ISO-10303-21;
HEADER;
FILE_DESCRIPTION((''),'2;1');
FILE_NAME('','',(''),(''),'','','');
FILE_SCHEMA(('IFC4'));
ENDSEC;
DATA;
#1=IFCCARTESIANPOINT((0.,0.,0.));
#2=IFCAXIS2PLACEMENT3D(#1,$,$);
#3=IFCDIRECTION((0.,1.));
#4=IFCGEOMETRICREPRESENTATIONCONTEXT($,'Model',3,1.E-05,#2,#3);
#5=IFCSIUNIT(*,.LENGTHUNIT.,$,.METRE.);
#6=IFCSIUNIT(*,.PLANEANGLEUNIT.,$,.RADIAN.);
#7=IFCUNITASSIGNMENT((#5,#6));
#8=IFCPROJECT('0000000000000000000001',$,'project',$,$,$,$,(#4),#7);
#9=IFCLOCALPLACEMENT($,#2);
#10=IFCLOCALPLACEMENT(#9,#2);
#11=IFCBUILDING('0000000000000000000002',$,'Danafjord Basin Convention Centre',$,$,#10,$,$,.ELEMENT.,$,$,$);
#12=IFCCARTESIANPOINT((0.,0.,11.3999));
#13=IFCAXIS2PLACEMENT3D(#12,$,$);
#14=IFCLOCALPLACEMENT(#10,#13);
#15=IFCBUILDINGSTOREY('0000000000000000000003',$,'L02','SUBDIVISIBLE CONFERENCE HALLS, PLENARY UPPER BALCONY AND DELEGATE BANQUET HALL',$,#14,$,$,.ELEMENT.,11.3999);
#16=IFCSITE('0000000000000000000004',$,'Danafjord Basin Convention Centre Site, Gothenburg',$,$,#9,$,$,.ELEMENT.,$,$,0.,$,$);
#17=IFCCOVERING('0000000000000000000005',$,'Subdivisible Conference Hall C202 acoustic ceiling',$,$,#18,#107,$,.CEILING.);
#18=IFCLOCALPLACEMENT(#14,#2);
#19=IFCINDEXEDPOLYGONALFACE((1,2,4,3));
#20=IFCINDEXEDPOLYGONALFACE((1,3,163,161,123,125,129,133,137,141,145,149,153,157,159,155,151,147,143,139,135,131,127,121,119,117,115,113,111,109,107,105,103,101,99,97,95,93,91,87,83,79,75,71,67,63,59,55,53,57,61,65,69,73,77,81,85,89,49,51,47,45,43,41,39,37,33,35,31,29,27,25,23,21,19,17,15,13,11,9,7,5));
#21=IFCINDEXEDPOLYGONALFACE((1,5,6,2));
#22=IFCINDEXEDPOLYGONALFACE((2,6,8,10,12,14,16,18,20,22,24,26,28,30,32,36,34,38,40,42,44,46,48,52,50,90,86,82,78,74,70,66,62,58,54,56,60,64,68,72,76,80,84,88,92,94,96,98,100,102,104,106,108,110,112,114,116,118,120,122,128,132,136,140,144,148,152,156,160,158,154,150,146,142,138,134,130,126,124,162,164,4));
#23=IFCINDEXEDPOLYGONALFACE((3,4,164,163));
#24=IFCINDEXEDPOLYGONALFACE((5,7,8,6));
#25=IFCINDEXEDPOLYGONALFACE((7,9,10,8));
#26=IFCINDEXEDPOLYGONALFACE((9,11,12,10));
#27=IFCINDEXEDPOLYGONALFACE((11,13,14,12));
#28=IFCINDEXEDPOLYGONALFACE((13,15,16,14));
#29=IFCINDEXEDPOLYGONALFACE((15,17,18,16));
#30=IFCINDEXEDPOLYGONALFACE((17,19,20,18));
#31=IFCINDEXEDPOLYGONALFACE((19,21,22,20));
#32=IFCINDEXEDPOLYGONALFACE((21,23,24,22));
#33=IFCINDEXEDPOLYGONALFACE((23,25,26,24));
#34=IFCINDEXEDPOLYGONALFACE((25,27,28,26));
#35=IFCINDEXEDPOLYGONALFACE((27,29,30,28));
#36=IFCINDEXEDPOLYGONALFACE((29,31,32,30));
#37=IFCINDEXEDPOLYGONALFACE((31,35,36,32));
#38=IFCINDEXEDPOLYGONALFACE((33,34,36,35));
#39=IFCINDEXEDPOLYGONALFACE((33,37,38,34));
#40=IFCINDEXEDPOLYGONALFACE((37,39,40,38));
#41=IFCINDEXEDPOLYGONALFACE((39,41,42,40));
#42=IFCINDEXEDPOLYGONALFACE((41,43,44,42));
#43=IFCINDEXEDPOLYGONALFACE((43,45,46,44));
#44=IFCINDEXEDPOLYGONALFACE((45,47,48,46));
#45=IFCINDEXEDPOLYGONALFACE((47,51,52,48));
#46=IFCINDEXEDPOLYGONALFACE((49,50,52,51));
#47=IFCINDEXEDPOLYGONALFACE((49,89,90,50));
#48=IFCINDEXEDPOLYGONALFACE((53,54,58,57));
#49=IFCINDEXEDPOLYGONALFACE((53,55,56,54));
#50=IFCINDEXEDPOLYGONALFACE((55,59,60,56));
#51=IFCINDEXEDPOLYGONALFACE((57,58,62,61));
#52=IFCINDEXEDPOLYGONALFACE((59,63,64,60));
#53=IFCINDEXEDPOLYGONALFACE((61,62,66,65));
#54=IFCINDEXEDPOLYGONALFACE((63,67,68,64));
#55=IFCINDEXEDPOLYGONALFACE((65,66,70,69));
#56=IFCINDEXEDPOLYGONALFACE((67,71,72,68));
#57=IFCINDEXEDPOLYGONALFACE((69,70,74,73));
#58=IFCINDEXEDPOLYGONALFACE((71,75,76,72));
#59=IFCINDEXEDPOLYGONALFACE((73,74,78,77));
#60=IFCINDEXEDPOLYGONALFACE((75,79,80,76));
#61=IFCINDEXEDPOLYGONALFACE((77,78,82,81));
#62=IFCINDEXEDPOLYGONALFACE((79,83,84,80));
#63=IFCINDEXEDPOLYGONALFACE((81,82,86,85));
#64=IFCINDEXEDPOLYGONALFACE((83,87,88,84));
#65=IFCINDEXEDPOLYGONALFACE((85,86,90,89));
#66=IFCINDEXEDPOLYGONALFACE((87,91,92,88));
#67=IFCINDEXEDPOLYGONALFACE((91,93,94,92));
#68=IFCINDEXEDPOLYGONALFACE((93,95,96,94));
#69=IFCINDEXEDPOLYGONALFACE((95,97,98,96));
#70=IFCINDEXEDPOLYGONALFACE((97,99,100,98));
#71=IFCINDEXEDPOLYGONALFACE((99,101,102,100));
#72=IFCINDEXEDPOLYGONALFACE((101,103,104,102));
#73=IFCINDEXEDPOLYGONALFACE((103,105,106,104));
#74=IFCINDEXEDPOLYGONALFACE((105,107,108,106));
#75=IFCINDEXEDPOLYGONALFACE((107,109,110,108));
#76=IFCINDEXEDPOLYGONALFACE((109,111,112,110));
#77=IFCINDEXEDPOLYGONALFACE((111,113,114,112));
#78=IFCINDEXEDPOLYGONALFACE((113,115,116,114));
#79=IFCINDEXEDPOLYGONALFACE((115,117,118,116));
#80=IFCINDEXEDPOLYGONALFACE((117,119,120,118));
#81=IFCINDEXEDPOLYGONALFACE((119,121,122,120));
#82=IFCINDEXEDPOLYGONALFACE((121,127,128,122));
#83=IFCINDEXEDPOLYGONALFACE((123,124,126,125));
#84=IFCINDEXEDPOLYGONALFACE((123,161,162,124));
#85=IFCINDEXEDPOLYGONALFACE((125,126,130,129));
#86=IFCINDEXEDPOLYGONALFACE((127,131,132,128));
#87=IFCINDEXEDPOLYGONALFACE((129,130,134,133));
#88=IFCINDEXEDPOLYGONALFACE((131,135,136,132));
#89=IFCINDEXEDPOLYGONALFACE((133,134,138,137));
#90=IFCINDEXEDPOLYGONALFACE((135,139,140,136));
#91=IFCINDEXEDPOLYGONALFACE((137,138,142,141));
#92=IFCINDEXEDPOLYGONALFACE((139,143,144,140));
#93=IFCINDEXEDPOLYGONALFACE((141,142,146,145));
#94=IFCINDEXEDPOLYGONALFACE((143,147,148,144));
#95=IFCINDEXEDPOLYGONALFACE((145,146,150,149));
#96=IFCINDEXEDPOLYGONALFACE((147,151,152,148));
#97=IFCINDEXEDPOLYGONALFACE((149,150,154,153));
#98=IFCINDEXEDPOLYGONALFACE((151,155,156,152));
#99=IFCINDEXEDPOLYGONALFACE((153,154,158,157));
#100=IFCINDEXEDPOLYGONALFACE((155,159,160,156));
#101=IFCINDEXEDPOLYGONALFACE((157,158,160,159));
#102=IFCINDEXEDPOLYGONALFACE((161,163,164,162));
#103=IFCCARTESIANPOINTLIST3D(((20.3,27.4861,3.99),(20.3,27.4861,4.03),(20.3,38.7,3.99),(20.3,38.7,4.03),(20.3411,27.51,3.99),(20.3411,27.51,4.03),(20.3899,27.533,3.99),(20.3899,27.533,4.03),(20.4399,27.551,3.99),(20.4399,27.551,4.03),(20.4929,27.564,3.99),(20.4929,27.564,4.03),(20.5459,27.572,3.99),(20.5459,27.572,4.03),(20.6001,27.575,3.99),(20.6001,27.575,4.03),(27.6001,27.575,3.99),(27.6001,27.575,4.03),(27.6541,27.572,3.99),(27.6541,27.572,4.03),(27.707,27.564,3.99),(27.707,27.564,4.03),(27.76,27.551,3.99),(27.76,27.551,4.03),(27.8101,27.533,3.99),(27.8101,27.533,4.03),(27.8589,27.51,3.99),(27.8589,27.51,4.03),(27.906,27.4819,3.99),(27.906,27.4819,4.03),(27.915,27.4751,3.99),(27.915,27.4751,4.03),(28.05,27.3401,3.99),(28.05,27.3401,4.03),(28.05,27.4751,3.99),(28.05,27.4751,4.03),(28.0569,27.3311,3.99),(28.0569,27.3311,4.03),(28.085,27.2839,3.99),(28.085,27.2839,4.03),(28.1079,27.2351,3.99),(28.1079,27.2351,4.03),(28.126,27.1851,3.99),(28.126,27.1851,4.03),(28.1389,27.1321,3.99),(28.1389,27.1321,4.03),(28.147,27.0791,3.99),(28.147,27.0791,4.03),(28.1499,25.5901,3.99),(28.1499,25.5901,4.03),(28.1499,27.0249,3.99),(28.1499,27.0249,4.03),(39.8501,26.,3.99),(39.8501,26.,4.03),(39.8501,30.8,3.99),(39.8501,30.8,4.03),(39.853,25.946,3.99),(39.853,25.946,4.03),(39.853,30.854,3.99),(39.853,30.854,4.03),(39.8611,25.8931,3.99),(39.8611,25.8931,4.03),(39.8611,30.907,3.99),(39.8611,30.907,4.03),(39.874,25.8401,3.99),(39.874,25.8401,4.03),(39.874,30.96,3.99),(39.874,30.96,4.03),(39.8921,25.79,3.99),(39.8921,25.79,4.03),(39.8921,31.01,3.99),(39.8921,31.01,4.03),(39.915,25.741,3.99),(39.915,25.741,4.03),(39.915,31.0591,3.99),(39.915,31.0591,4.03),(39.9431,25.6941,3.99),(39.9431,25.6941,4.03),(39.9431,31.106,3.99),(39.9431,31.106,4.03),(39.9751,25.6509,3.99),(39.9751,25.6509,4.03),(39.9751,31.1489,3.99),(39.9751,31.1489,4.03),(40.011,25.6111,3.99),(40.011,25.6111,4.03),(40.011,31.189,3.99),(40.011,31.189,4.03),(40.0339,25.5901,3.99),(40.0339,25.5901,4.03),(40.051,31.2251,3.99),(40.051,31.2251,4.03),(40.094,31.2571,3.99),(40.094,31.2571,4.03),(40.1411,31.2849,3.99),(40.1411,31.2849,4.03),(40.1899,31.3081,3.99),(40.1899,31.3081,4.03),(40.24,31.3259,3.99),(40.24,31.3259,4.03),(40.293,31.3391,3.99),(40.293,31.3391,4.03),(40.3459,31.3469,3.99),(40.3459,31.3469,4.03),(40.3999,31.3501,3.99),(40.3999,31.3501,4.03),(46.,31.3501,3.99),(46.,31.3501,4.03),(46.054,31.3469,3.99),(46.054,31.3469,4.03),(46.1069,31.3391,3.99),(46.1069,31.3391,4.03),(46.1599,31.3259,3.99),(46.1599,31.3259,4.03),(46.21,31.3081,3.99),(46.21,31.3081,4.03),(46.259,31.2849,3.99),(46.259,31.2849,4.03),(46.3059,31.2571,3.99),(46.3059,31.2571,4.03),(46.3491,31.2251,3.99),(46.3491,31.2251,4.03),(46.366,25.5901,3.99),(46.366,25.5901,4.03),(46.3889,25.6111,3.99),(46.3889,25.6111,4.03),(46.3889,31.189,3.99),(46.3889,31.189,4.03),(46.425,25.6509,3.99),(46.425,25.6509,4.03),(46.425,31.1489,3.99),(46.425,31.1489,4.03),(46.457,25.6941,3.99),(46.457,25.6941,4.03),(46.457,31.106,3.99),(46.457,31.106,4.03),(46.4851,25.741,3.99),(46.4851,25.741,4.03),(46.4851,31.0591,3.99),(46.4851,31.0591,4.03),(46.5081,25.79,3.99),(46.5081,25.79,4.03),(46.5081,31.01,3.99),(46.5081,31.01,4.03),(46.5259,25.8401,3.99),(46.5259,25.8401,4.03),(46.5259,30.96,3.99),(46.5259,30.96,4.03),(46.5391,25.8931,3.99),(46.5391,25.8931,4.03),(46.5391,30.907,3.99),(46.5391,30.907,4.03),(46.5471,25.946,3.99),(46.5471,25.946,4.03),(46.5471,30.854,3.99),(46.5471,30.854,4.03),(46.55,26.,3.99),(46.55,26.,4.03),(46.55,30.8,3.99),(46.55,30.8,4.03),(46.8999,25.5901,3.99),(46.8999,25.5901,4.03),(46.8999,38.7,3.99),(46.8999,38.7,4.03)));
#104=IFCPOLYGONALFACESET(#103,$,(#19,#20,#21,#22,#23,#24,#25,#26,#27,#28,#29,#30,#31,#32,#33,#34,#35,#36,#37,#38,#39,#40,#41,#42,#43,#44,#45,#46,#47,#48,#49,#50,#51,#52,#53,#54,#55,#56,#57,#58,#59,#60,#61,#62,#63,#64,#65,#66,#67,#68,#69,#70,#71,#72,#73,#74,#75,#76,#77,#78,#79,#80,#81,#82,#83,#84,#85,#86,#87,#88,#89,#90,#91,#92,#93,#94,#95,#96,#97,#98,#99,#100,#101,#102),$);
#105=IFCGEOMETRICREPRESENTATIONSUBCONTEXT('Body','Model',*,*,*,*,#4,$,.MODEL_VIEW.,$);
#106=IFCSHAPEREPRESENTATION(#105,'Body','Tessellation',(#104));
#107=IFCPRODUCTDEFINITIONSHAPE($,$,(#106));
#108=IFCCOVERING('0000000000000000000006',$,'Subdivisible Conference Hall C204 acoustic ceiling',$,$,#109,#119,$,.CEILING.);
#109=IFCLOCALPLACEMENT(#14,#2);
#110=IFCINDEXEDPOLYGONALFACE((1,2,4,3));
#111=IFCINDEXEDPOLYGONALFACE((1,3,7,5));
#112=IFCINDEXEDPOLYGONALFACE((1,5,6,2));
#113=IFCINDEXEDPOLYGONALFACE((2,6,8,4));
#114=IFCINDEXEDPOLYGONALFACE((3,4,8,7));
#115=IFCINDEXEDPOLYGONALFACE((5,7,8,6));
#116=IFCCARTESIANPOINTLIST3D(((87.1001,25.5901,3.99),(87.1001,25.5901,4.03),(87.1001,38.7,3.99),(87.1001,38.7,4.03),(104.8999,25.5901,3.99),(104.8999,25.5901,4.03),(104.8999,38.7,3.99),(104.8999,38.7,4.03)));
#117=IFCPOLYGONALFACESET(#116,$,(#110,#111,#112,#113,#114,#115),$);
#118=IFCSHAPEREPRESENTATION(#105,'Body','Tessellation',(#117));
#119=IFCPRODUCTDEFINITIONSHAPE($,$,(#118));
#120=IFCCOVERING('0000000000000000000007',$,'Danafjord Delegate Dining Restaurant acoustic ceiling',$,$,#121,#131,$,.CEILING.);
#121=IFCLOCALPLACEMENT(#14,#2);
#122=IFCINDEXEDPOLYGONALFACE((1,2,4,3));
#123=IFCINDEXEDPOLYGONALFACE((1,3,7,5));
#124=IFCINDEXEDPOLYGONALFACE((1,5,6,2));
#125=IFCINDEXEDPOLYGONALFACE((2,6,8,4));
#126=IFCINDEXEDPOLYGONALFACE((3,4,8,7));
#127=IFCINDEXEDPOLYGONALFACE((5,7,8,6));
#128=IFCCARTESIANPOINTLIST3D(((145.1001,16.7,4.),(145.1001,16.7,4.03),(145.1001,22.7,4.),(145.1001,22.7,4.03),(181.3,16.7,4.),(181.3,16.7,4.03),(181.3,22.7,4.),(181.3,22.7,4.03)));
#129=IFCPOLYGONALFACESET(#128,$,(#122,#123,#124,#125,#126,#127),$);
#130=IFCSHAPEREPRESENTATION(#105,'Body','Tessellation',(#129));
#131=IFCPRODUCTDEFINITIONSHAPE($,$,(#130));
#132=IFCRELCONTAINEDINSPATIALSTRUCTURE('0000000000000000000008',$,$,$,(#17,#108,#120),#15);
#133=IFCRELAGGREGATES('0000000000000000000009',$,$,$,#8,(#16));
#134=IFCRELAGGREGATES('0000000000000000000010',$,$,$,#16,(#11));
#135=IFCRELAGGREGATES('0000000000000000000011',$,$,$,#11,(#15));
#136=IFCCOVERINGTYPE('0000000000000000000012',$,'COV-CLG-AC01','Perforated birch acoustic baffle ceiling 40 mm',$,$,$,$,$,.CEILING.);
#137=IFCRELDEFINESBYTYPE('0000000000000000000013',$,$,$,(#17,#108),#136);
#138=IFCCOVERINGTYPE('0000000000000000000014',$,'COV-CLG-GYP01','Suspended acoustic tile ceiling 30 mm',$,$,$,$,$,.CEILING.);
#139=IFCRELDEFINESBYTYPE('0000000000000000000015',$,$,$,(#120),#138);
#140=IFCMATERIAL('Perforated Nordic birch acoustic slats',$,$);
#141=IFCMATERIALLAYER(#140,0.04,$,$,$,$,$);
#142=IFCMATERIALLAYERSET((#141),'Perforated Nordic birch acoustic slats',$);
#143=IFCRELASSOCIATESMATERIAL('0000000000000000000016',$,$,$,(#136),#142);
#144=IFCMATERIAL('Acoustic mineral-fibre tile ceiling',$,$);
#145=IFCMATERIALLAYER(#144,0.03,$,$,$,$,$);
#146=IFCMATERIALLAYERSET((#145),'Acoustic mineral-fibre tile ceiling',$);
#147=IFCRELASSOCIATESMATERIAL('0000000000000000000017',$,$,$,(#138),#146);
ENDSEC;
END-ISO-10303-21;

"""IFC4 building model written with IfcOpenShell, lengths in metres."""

from ifc_helpers import new_model, si_unit, direction, frame, origin, place, context, subcontext, project, spatial, polyline, outline, extrude, material, layer, layer_set, type_object, element, save


model = new_model("IFC4")

# Units and contexts
model_context = context("Model", 3, precision=1e-05, world=origin(), true_north=direction((0.0, 1.0)))
body_context = subcontext(model_context, "Body", "Model", "MODEL_VIEW")
ifc_project = project(units=[si_unit("LENGTHUNIT", "METRE"), si_unit("PLANEANGLEUNIT", "RADIAN")], contexts=[model_context])

# Site, building, storey
site_placement = place(None, origin())
site = spatial("IfcSite", under=ifc_project, at=site_placement, Name="Danafjord Basin Convention Centre Site, Gothenburg", CompositionType="ELEMENT", RefElevation=0.0)
building_placement = place(site_placement, origin())
building = spatial("IfcBuilding", under=site, at=building_placement, Name="Danafjord Basin Convention Centre", CompositionType="ELEMENT")
storey_placement = place(building_placement, frame((0.0, 0.0, 11.3999)))
storey = spatial("IfcBuildingStorey", under=building, at=storey_placement, Name="L02", Description="SUBDIVISIBLE CONFERENCE HALLS, PLENARY UPPER BALCONY AND DELEGATE BANQUET HALL", CompositionType="ELEMENT", Elevation=11.3999)

# Coverings
ifc_material_1 = material(Name="Perforated Nordic birch acoustic slats")
ifc_layer_1 = layer(ifc_material_1, 0.04)
ifc_layer_set_1 = layer_set([ifc_layer_1], Name="Perforated Nordic birch acoustic slats")
covering_type_1 = type_object("IfcCoveringType", Name="COV-CLG-AC01", Description="Perforated birch acoustic baffle ceiling 40 mm", PredefinedType="CEILING", material=ifc_layer_set_1)
covering_1_placement = place(storey_placement, frame((0.0, 0.0, 3.99)))
element("IfcCovering", 1, at=covering_1_placement, inside=storey, type_object=covering_type_1, Name="Subdivisible Conference Hall C202 acoustic ceiling", PredefinedType="CEILING", context=body_context, shape_type="SweptSolid", body=[
    extrude(outline(polyline([(46.8999, 38.7), (46.8999, 25.5901), (46.366, 25.5901), (46.3889, 25.6111), (46.425, 25.6509), (46.457, 25.6941), (46.4851, 25.741), (46.5081, 25.79), (46.5259, 25.8401), (46.5391, 25.8931), (46.5471, 25.946), (46.55, 26.0), (46.55, 30.8), (46.5471, 30.854), (46.5391, 30.907), (46.5259, 30.96), (46.5081, 31.01), (46.4851, 31.0591), (46.457, 31.106), (46.425, 31.1489), (46.3889, 31.189), (46.3491, 31.2251), (46.3059, 31.2571), (46.259, 31.2849), (46.21, 31.3081), (46.1599, 31.3259), (46.1069, 31.3391), (46.054, 31.3469), (46.0, 31.3501), (40.3999, 31.3501), (40.3459, 31.3469), (40.293, 31.3391), (40.24, 31.3259), (40.1899, 31.3081), (40.1411, 31.2849), (40.094, 31.2571), (40.051, 31.2251), (40.011, 31.189), (39.9751, 31.1489), (39.9431, 31.106), (39.915, 31.0591), (39.8921, 31.01), (39.874, 30.96), (39.8611, 30.907), (39.853, 30.854), (39.8501, 30.8), (39.8501, 26.0), (39.853, 25.946), (39.8611, 25.8931), (39.874, 25.8401), (39.8921, 25.79), (39.915, 25.741), (39.9431, 25.6941), (39.9751, 25.6509), (40.011, 25.6111), (40.0339, 25.5901), (28.1499, 25.5901), (28.1499, 27.0249), (28.147, 27.0791), (28.1389, 27.1321), (28.126, 27.1851), (28.1079, 27.2351), (28.085, 27.2839), (28.0569, 27.3311), (28.05, 27.3401), (28.05, 27.4751), (27.915, 27.4751), (27.906, 27.4819), (27.8589, 27.51), (27.8101, 27.533), (27.76, 27.551), (27.707, 27.564), (27.6541, 27.572), (27.6001, 27.575), (20.6001, 27.575), (20.5459, 27.572), (20.4929, 27.564), (20.4399, 27.551), (20.3899, 27.533), (20.3411, 27.51), (20.3, 27.4861), (20.3, 38.7), (46.8999, 38.7)])), origin(), (0.0, 0.0, 1.0), 0.04),
])
covering_2_placement = place(storey_placement, frame((0.0, 0.0, 3.99)))
element("IfcCovering", 2, at=covering_2_placement, inside=storey, type_object=covering_type_1, Name="Subdivisible Conference Hall C204 acoustic ceiling", PredefinedType="CEILING", context=body_context, shape_type="SweptSolid", body=[
    extrude(outline(polyline([(104.8999, 38.7), (104.8999, 25.5901), (87.1001, 25.5901), (87.1001, 38.7), (104.8999, 38.7)])), origin(), (0.0, 0.0, 1.0), 0.04),
])
ifc_material_2 = material(Name="Acoustic mineral-fibre tile ceiling")
ifc_layer_2 = layer(ifc_material_2, 0.03)
ifc_layer_set_2 = layer_set([ifc_layer_2], Name="Acoustic mineral-fibre tile ceiling")
covering_type_2 = type_object("IfcCoveringType", Name="COV-CLG-GYP01", Description="Suspended acoustic tile ceiling 30 mm", PredefinedType="CEILING", material=ifc_layer_set_2)
covering_3_placement = place(storey_placement, frame((0.0, 0.0, 4.0)))
element("IfcCovering", 3, at=covering_3_placement, inside=storey, type_object=covering_type_2, Name="Danafjord Delegate Dining Restaurant acoustic ceiling", PredefinedType="CEILING", context=body_context, shape_type="SweptSolid", body=[
    extrude(outline(polyline([(181.3, 22.7), (181.3, 16.7), (145.1001, 16.7), (145.1001, 22.7), (181.3, 22.7)])), origin(), (0.0, 0.0, 1.0), 0.03),
])

save(model, "model.ifc")
